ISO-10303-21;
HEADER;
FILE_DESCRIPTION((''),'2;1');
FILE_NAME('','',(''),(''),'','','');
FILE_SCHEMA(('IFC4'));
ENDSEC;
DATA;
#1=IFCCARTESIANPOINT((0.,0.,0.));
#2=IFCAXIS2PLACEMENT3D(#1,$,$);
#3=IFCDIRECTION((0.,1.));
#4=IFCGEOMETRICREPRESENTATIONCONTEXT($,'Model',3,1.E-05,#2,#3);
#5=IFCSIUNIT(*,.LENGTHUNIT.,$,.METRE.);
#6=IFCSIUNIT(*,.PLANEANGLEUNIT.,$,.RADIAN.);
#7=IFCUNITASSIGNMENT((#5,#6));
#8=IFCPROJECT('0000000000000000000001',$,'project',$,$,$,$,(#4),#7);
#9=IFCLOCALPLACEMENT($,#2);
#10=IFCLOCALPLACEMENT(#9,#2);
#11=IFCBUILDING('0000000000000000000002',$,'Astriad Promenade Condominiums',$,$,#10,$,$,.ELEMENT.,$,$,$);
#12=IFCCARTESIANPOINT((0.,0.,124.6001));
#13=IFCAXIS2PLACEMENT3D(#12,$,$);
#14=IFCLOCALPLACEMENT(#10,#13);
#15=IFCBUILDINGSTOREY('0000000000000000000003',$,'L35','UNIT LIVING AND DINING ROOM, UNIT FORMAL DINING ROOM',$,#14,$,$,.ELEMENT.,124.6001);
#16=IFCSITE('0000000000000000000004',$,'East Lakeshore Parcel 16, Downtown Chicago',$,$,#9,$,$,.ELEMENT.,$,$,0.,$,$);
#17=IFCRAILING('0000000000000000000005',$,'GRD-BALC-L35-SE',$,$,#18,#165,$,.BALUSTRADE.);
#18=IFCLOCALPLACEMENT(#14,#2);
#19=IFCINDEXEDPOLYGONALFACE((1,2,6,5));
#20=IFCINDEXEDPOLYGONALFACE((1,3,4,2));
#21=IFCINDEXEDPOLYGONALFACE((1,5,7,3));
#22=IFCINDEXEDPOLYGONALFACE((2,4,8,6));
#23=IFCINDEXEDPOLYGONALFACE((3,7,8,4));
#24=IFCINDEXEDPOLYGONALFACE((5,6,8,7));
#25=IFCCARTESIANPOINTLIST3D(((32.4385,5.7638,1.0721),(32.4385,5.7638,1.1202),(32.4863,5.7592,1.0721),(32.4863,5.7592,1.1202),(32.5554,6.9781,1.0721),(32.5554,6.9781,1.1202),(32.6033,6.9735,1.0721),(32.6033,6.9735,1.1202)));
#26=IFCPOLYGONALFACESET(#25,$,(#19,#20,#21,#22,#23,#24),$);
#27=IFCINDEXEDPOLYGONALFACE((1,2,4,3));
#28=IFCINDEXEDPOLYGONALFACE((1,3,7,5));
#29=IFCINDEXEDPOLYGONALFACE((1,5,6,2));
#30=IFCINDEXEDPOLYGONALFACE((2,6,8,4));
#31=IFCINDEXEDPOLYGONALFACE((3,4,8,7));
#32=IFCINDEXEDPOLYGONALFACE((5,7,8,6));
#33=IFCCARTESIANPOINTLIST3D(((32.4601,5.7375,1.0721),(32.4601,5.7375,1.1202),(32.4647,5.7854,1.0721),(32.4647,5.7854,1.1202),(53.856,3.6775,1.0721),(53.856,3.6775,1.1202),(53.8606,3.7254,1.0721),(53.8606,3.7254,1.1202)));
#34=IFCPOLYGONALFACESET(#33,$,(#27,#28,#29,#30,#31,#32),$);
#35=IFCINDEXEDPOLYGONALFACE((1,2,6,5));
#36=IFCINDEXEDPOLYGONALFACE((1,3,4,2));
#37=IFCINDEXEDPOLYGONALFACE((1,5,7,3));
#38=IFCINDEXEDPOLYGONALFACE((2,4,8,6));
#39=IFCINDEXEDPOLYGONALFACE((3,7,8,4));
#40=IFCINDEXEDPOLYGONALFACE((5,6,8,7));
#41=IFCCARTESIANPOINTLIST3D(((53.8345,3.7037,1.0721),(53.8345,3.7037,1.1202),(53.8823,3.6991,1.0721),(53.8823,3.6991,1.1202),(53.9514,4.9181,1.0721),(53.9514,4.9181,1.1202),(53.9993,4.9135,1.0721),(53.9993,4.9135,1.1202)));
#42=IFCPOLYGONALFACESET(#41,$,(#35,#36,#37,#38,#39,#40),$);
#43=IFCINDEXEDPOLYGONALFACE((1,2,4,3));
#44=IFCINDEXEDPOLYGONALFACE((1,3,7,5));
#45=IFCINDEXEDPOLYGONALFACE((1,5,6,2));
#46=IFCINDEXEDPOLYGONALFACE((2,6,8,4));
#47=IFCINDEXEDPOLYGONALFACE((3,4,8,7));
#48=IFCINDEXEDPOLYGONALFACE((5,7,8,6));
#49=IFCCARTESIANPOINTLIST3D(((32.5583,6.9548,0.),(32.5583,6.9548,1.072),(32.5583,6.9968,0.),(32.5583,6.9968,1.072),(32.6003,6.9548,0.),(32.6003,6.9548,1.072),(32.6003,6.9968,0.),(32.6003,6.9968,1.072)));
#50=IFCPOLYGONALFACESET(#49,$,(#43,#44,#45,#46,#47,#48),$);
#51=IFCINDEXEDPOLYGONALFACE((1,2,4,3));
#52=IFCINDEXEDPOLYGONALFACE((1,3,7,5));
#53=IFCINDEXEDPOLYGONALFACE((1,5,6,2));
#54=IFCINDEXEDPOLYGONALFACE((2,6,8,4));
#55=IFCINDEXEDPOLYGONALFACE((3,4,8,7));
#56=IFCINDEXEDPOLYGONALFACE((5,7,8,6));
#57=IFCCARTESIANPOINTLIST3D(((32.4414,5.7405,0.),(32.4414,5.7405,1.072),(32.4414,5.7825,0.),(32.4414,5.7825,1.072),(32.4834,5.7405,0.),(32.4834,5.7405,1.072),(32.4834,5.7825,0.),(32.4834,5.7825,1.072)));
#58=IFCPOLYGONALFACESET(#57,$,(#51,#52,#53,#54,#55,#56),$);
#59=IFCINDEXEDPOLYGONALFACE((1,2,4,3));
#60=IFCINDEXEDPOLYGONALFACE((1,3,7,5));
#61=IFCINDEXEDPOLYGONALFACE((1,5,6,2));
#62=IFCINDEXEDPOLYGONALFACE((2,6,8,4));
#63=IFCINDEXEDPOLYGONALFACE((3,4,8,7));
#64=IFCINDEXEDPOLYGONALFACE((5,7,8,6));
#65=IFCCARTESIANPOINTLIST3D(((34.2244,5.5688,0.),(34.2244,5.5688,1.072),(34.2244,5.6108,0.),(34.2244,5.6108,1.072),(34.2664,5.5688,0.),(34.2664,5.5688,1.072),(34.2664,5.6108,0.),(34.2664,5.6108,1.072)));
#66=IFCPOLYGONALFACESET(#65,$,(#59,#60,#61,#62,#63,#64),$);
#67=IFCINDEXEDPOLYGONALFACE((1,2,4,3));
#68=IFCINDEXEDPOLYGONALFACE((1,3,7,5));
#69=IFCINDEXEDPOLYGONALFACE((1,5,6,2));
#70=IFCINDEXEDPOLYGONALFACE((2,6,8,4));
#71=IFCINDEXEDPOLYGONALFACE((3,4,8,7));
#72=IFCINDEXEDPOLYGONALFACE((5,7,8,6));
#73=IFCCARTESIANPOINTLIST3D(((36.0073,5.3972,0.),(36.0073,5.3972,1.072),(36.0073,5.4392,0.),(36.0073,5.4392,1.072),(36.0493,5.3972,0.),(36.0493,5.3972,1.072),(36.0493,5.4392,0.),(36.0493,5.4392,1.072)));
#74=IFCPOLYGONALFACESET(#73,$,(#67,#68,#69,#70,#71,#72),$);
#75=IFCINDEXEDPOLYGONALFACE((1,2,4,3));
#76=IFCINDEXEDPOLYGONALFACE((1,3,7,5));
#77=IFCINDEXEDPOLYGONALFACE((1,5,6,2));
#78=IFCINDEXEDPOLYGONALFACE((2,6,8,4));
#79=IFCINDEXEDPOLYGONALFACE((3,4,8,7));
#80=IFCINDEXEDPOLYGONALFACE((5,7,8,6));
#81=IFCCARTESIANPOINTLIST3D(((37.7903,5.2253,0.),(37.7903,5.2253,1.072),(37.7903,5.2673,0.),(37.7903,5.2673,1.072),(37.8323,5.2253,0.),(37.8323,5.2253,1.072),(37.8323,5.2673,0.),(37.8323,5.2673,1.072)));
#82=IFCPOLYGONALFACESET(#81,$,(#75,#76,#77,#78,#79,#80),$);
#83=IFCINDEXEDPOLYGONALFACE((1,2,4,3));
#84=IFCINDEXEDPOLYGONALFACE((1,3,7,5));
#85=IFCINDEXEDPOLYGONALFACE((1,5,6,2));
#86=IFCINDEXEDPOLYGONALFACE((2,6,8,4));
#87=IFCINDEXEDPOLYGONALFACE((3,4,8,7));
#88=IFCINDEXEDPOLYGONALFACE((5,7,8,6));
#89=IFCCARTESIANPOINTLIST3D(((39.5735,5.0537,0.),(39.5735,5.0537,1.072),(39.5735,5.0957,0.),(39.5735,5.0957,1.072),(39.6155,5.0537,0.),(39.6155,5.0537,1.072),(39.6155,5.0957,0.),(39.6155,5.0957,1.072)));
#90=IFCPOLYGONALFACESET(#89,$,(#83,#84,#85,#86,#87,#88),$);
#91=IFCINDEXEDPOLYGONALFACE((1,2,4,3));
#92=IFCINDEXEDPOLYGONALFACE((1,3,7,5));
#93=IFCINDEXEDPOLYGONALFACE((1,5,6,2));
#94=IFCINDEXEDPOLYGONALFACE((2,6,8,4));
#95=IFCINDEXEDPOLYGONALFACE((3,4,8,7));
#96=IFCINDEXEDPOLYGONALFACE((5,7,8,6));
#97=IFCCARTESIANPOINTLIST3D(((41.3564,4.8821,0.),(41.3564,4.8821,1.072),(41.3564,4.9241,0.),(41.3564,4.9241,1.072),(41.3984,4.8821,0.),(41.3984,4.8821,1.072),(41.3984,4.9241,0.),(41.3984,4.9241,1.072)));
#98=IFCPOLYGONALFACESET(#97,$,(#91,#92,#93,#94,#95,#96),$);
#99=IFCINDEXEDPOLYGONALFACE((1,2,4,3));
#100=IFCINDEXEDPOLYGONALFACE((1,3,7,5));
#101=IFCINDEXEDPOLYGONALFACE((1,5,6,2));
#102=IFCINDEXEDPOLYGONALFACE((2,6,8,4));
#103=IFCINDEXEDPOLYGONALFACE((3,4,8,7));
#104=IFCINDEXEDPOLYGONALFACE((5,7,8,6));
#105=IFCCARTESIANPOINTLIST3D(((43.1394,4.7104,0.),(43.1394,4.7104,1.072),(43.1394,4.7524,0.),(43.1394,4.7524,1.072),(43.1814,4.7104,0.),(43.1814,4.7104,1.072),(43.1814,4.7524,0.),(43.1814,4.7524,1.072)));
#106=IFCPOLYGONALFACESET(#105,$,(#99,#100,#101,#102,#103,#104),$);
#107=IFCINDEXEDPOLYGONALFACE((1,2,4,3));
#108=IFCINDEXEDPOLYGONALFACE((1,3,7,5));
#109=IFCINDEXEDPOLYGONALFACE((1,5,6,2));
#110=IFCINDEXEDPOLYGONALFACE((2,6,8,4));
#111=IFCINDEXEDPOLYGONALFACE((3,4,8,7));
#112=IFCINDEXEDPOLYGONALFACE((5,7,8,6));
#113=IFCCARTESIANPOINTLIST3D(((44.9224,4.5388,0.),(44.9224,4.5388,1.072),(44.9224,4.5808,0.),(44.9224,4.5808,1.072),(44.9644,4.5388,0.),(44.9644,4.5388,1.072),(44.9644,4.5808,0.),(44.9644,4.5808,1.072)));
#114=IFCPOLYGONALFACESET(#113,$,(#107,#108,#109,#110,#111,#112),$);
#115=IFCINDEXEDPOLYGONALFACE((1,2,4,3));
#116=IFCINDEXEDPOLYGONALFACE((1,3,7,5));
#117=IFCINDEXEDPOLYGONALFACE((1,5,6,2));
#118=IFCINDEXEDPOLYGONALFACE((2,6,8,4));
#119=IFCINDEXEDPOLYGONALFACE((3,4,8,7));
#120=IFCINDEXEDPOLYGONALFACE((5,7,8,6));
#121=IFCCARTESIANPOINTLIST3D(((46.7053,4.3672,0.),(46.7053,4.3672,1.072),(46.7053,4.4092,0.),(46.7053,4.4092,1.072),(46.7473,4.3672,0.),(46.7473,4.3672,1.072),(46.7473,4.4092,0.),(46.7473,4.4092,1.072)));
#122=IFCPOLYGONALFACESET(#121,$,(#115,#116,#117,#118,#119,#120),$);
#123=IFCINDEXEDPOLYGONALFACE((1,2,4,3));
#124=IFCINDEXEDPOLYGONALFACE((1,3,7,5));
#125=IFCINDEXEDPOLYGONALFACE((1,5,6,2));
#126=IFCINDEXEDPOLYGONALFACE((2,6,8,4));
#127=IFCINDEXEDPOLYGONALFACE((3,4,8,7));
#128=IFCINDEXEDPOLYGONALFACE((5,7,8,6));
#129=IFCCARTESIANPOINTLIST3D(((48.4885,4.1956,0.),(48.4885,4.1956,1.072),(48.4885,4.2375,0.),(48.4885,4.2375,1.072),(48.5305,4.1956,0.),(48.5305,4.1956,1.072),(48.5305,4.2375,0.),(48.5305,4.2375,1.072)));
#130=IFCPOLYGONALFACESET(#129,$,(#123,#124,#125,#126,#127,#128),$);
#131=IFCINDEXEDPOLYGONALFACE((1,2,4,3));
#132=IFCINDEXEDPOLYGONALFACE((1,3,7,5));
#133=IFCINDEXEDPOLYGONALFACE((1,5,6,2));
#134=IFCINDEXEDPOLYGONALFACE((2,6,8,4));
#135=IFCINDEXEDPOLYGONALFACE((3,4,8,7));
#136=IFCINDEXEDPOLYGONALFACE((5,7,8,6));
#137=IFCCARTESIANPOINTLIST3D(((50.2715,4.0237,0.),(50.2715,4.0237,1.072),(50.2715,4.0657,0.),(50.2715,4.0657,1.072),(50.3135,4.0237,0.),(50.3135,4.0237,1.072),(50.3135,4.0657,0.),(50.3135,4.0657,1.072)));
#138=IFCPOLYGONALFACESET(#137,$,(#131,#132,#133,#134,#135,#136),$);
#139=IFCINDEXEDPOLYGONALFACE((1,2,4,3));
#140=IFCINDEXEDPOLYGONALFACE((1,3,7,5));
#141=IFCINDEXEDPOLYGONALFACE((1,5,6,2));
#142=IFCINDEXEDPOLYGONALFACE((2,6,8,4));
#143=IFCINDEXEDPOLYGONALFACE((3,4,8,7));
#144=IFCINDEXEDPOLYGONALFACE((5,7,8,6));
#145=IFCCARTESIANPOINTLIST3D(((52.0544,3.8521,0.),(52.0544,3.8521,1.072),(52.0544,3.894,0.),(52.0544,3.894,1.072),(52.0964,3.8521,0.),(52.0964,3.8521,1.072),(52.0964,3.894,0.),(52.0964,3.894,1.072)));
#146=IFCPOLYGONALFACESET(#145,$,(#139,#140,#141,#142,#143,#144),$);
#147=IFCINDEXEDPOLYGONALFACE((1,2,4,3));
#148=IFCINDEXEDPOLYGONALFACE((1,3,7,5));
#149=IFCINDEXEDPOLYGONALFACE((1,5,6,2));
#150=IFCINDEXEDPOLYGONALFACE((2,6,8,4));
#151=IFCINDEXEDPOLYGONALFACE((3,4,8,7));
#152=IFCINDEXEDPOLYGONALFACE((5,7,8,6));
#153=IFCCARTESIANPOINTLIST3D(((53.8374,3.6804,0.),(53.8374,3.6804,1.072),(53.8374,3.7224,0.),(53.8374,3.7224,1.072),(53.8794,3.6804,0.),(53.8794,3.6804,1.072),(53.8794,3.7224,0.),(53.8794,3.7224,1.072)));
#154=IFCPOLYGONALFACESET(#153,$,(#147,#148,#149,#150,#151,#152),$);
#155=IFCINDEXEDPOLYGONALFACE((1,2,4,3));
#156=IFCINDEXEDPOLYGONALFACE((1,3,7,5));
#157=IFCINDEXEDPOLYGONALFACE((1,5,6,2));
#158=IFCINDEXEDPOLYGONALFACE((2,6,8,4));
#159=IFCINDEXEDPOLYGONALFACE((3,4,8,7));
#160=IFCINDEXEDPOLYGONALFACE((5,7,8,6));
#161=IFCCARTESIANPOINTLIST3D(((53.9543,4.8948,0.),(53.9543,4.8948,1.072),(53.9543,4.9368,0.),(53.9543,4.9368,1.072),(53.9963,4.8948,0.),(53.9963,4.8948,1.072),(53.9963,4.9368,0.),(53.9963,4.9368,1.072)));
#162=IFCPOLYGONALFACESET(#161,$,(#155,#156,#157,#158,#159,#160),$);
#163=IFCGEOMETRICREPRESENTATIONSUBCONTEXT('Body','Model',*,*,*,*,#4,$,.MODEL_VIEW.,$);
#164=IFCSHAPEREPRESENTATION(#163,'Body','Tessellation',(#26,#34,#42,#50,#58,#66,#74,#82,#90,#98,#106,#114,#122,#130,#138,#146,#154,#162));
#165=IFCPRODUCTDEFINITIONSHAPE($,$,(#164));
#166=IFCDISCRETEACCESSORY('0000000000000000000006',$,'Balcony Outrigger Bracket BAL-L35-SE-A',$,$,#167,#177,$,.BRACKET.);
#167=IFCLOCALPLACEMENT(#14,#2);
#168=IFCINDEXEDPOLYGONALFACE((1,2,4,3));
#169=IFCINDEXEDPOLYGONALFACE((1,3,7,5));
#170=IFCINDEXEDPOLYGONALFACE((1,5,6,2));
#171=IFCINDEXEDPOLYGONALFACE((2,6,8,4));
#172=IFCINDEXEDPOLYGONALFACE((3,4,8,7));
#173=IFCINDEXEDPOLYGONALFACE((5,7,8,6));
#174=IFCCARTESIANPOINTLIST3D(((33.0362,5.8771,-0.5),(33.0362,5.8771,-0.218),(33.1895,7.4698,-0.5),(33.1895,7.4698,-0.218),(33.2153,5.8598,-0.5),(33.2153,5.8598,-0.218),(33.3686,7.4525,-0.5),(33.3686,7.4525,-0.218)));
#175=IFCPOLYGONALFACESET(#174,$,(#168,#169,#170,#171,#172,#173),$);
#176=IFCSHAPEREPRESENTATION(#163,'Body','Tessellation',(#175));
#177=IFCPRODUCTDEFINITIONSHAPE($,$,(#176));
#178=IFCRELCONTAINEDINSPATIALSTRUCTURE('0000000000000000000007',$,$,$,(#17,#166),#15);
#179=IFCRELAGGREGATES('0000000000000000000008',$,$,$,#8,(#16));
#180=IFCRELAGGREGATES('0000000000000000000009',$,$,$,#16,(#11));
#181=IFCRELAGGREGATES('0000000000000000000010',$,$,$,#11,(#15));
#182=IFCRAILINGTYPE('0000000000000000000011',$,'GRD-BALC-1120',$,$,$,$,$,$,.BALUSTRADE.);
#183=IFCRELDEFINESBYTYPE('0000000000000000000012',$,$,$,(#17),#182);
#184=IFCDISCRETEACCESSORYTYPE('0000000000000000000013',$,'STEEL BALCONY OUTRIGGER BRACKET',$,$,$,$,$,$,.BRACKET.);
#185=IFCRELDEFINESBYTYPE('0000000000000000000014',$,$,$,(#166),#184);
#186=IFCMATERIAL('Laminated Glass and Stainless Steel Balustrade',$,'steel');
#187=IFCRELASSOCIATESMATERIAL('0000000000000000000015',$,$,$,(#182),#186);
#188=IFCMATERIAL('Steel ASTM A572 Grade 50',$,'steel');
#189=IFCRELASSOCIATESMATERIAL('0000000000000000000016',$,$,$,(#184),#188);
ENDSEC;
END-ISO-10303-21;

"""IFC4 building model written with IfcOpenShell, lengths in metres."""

from ifc_helpers import new_model, si_unit, direction, frame, origin, origin_2d, place, context, subcontext, project, spatial, rectangle, extrude, source, transform, mapped, material, type_object, type_shapes, element, save


model = new_model("IFC4")

# Units and contexts
model_context = context("Model", 3, precision=1e-05, world=origin(), true_north=direction((0.0, 1.0)))
body_context = subcontext(model_context, "Body", "Model", "MODEL_VIEW")
ifc_project = project(units=[si_unit("LENGTHUNIT", "METRE"), si_unit("PLANEANGLEUNIT", "RADIAN")], contexts=[model_context])

# Site, building, storey
site_placement = place(None, origin())
site = spatial("IfcSite", under=ifc_project, at=site_placement, Name="East Lakeshore Parcel 16, Downtown Chicago", CompositionType="ELEMENT", RefElevation=0.0)
building_placement = place(site_placement, origin())
building = spatial("IfcBuilding", under=site, at=building_placement, Name="Astriad Promenade Condominiums", CompositionType="ELEMENT")
storey_placement = place(building_placement, frame((0.0, 0.0, 124.6001)))
storey = spatial("IfcBuildingStorey", under=building, at=storey_placement, Name="L35", Description="UNIT LIVING AND DINING ROOM, UNIT FORMAL DINING ROOM", CompositionType="ELEMENT", Elevation=124.6001)

# Railing
ifc_material_1 = material(Name="Laminated Glass and Stainless Steel Balustrade", Category="steel")
railing_type = type_object("IfcRailingType", Name="GRD-BALC-1120", PredefinedType="BALUSTRADE", material=ifc_material_1)
shared_shape_1 = source(origin(), body_context, "Body", "SweptSolid", [
    extrude(rectangle(XDim=0.0481, YDim=0.0481, at=origin_2d()), frame((0.0, 0.0, 1.0962), z_axis=(-0.095857, -0.995395, 0.0), x_axis=(0.995395, -0.095857, 0.0)), (0.0, 0.0, 1.0), 1.22),
    extrude(rectangle(XDim=0.0481, YDim=0.0481, at=origin_2d()), frame((-0.1169, -1.2144, 1.0962), z_axis=(0.995397, -0.095839, 0.0), x_axis=(0.095839, 0.995397, 0.0)), (0.0, 0.0, 1.0), 21.4949),
    extrude(rectangle(XDim=0.0481, YDim=0.0481, at=origin_2d()), frame((21.2791, -3.2744, 1.0962), z_axis=(0.095857, 0.995395, 0.0), x_axis=(-0.995395, 0.095857, 0.0)), (0.0, 0.0, 1.0), 1.22),
    extrude(rectangle(XDim=0.042, YDim=0.042, at=origin_2d()), origin(), (0.0, 0.0, 1.0), 1.072),
    extrude(rectangle(XDim=0.042, YDim=0.042, at=origin_2d()), frame((-0.1169, -1.2144, 0.0)), (0.0, 0.0, 1.0), 1.072),
    extrude(rectangle(XDim=0.042, YDim=0.042, at=origin_2d()), frame((1.666, -1.386, 0.0)), (0.0, 0.0, 1.0), 1.072),
    extrude(rectangle(XDim=0.042, YDim=0.042, at=origin_2d()), frame((3.449, -1.5576, 0.0)), (0.0, 0.0, 1.0), 1.072),
    extrude(rectangle(XDim=0.042, YDim=0.042, at=origin_2d()), frame((5.2319, -1.7295, 0.0)), (0.0, 0.0, 1.0), 1.072),
    extrude(rectangle(XDim=0.042, YDim=0.042, at=origin_2d()), frame((7.0151, -1.9011, 0.0)), (0.0, 0.0, 1.0), 1.072),
    extrude(rectangle(XDim=0.042, YDim=0.042, at=origin_2d()), frame((8.7981, -2.0728, 0.0)), (0.0, 0.0, 1.0), 1.072),
    extrude(rectangle(XDim=0.042, YDim=0.042, at=origin_2d()), frame((10.5811, -2.2444, 0.0)), (0.0, 0.0, 1.0), 1.072),
    extrude(rectangle(XDim=0.042, YDim=0.042, at=origin_2d()), frame((12.364, -2.416, 0.0)), (0.0, 0.0, 1.0), 1.072),
    extrude(rectangle(XDim=0.042, YDim=0.042, at=origin_2d()), frame((14.147, -2.5876, 0.0)), (0.0, 0.0, 1.0), 1.072),
    extrude(rectangle(XDim=0.042, YDim=0.042, at=origin_2d()), frame((15.9302, -2.7593, 0.0)), (0.0, 0.0, 1.0), 1.072),
    extrude(rectangle(XDim=0.042, YDim=0.042, at=origin_2d()), frame((17.7131, -2.9312, 0.0)), (0.0, 0.0, 1.0), 1.072),
    extrude(rectangle(XDim=0.042, YDim=0.042, at=origin_2d()), frame((19.4961, -3.1028, 0.0)), (0.0, 0.0, 1.0), 1.072),
    extrude(rectangle(XDim=0.042, YDim=0.042, at=origin_2d()), frame((21.2791, -3.2744, 0.0)), (0.0, 0.0, 1.0), 1.072),
    extrude(rectangle(XDim=0.042, YDim=0.042, at=origin_2d()), frame((21.396, -2.0601, 0.0)), (0.0, 0.0, 1.0), 1.072),
])
type_shapes(railing_type, [shared_shape_1])
railing_placement = place(storey_placement, frame((32.5793, 6.9758, 0.0)))
element("IfcRailing", 1, at=railing_placement, inside=storey, type_object=railing_type, Name="GRD-BALC-L35-SE", PredefinedType="BALUSTRADE", context=body_context, shape_type="MappedRepresentation", body=[
    mapped(shared_shape_1, transform((0.0, 0.0, 0.0), scale=1.0)),
])

# Discrete accessory
ifc_material_2 = material(Name="Steel ASTM A572 Grade 50", Category="steel")
discrete_accessory_type = type_object("IfcDiscreteAccessoryType", Name="STEEL BALCONY OUTRIGGER BRACKET", PredefinedType="BRACKET", material=ifc_material_2)
shared_shape_2 = source(origin(), body_context, "Body", "SweptSolid", [
    extrude(rectangle(XDim=1.6001, YDim=0.1799, at=origin_2d()), origin(), (0.0, 0.0, 1.0), 0.282),
])
type_shapes(discrete_accessory_type, [shared_shape_2])
discrete_accessory_placement = place(storey_placement, frame((33.2024, 6.6648, -0.5), z_axis=(0.0, 0.0, 1.0), x_axis=(-0.095846, -0.995396, 0.0)))
element("IfcDiscreteAccessory", 2, at=discrete_accessory_placement, inside=storey, type_object=discrete_accessory_type, Name="Balcony Outrigger Bracket BAL-L35-SE-A", PredefinedType="BRACKET", context=body_context, shape_type="MappedRepresentation", body=[
    mapped(shared_shape_2, transform((0.0, 0.0, 0.0), scale=1.0)),
])

save(model, "model.ifc")
